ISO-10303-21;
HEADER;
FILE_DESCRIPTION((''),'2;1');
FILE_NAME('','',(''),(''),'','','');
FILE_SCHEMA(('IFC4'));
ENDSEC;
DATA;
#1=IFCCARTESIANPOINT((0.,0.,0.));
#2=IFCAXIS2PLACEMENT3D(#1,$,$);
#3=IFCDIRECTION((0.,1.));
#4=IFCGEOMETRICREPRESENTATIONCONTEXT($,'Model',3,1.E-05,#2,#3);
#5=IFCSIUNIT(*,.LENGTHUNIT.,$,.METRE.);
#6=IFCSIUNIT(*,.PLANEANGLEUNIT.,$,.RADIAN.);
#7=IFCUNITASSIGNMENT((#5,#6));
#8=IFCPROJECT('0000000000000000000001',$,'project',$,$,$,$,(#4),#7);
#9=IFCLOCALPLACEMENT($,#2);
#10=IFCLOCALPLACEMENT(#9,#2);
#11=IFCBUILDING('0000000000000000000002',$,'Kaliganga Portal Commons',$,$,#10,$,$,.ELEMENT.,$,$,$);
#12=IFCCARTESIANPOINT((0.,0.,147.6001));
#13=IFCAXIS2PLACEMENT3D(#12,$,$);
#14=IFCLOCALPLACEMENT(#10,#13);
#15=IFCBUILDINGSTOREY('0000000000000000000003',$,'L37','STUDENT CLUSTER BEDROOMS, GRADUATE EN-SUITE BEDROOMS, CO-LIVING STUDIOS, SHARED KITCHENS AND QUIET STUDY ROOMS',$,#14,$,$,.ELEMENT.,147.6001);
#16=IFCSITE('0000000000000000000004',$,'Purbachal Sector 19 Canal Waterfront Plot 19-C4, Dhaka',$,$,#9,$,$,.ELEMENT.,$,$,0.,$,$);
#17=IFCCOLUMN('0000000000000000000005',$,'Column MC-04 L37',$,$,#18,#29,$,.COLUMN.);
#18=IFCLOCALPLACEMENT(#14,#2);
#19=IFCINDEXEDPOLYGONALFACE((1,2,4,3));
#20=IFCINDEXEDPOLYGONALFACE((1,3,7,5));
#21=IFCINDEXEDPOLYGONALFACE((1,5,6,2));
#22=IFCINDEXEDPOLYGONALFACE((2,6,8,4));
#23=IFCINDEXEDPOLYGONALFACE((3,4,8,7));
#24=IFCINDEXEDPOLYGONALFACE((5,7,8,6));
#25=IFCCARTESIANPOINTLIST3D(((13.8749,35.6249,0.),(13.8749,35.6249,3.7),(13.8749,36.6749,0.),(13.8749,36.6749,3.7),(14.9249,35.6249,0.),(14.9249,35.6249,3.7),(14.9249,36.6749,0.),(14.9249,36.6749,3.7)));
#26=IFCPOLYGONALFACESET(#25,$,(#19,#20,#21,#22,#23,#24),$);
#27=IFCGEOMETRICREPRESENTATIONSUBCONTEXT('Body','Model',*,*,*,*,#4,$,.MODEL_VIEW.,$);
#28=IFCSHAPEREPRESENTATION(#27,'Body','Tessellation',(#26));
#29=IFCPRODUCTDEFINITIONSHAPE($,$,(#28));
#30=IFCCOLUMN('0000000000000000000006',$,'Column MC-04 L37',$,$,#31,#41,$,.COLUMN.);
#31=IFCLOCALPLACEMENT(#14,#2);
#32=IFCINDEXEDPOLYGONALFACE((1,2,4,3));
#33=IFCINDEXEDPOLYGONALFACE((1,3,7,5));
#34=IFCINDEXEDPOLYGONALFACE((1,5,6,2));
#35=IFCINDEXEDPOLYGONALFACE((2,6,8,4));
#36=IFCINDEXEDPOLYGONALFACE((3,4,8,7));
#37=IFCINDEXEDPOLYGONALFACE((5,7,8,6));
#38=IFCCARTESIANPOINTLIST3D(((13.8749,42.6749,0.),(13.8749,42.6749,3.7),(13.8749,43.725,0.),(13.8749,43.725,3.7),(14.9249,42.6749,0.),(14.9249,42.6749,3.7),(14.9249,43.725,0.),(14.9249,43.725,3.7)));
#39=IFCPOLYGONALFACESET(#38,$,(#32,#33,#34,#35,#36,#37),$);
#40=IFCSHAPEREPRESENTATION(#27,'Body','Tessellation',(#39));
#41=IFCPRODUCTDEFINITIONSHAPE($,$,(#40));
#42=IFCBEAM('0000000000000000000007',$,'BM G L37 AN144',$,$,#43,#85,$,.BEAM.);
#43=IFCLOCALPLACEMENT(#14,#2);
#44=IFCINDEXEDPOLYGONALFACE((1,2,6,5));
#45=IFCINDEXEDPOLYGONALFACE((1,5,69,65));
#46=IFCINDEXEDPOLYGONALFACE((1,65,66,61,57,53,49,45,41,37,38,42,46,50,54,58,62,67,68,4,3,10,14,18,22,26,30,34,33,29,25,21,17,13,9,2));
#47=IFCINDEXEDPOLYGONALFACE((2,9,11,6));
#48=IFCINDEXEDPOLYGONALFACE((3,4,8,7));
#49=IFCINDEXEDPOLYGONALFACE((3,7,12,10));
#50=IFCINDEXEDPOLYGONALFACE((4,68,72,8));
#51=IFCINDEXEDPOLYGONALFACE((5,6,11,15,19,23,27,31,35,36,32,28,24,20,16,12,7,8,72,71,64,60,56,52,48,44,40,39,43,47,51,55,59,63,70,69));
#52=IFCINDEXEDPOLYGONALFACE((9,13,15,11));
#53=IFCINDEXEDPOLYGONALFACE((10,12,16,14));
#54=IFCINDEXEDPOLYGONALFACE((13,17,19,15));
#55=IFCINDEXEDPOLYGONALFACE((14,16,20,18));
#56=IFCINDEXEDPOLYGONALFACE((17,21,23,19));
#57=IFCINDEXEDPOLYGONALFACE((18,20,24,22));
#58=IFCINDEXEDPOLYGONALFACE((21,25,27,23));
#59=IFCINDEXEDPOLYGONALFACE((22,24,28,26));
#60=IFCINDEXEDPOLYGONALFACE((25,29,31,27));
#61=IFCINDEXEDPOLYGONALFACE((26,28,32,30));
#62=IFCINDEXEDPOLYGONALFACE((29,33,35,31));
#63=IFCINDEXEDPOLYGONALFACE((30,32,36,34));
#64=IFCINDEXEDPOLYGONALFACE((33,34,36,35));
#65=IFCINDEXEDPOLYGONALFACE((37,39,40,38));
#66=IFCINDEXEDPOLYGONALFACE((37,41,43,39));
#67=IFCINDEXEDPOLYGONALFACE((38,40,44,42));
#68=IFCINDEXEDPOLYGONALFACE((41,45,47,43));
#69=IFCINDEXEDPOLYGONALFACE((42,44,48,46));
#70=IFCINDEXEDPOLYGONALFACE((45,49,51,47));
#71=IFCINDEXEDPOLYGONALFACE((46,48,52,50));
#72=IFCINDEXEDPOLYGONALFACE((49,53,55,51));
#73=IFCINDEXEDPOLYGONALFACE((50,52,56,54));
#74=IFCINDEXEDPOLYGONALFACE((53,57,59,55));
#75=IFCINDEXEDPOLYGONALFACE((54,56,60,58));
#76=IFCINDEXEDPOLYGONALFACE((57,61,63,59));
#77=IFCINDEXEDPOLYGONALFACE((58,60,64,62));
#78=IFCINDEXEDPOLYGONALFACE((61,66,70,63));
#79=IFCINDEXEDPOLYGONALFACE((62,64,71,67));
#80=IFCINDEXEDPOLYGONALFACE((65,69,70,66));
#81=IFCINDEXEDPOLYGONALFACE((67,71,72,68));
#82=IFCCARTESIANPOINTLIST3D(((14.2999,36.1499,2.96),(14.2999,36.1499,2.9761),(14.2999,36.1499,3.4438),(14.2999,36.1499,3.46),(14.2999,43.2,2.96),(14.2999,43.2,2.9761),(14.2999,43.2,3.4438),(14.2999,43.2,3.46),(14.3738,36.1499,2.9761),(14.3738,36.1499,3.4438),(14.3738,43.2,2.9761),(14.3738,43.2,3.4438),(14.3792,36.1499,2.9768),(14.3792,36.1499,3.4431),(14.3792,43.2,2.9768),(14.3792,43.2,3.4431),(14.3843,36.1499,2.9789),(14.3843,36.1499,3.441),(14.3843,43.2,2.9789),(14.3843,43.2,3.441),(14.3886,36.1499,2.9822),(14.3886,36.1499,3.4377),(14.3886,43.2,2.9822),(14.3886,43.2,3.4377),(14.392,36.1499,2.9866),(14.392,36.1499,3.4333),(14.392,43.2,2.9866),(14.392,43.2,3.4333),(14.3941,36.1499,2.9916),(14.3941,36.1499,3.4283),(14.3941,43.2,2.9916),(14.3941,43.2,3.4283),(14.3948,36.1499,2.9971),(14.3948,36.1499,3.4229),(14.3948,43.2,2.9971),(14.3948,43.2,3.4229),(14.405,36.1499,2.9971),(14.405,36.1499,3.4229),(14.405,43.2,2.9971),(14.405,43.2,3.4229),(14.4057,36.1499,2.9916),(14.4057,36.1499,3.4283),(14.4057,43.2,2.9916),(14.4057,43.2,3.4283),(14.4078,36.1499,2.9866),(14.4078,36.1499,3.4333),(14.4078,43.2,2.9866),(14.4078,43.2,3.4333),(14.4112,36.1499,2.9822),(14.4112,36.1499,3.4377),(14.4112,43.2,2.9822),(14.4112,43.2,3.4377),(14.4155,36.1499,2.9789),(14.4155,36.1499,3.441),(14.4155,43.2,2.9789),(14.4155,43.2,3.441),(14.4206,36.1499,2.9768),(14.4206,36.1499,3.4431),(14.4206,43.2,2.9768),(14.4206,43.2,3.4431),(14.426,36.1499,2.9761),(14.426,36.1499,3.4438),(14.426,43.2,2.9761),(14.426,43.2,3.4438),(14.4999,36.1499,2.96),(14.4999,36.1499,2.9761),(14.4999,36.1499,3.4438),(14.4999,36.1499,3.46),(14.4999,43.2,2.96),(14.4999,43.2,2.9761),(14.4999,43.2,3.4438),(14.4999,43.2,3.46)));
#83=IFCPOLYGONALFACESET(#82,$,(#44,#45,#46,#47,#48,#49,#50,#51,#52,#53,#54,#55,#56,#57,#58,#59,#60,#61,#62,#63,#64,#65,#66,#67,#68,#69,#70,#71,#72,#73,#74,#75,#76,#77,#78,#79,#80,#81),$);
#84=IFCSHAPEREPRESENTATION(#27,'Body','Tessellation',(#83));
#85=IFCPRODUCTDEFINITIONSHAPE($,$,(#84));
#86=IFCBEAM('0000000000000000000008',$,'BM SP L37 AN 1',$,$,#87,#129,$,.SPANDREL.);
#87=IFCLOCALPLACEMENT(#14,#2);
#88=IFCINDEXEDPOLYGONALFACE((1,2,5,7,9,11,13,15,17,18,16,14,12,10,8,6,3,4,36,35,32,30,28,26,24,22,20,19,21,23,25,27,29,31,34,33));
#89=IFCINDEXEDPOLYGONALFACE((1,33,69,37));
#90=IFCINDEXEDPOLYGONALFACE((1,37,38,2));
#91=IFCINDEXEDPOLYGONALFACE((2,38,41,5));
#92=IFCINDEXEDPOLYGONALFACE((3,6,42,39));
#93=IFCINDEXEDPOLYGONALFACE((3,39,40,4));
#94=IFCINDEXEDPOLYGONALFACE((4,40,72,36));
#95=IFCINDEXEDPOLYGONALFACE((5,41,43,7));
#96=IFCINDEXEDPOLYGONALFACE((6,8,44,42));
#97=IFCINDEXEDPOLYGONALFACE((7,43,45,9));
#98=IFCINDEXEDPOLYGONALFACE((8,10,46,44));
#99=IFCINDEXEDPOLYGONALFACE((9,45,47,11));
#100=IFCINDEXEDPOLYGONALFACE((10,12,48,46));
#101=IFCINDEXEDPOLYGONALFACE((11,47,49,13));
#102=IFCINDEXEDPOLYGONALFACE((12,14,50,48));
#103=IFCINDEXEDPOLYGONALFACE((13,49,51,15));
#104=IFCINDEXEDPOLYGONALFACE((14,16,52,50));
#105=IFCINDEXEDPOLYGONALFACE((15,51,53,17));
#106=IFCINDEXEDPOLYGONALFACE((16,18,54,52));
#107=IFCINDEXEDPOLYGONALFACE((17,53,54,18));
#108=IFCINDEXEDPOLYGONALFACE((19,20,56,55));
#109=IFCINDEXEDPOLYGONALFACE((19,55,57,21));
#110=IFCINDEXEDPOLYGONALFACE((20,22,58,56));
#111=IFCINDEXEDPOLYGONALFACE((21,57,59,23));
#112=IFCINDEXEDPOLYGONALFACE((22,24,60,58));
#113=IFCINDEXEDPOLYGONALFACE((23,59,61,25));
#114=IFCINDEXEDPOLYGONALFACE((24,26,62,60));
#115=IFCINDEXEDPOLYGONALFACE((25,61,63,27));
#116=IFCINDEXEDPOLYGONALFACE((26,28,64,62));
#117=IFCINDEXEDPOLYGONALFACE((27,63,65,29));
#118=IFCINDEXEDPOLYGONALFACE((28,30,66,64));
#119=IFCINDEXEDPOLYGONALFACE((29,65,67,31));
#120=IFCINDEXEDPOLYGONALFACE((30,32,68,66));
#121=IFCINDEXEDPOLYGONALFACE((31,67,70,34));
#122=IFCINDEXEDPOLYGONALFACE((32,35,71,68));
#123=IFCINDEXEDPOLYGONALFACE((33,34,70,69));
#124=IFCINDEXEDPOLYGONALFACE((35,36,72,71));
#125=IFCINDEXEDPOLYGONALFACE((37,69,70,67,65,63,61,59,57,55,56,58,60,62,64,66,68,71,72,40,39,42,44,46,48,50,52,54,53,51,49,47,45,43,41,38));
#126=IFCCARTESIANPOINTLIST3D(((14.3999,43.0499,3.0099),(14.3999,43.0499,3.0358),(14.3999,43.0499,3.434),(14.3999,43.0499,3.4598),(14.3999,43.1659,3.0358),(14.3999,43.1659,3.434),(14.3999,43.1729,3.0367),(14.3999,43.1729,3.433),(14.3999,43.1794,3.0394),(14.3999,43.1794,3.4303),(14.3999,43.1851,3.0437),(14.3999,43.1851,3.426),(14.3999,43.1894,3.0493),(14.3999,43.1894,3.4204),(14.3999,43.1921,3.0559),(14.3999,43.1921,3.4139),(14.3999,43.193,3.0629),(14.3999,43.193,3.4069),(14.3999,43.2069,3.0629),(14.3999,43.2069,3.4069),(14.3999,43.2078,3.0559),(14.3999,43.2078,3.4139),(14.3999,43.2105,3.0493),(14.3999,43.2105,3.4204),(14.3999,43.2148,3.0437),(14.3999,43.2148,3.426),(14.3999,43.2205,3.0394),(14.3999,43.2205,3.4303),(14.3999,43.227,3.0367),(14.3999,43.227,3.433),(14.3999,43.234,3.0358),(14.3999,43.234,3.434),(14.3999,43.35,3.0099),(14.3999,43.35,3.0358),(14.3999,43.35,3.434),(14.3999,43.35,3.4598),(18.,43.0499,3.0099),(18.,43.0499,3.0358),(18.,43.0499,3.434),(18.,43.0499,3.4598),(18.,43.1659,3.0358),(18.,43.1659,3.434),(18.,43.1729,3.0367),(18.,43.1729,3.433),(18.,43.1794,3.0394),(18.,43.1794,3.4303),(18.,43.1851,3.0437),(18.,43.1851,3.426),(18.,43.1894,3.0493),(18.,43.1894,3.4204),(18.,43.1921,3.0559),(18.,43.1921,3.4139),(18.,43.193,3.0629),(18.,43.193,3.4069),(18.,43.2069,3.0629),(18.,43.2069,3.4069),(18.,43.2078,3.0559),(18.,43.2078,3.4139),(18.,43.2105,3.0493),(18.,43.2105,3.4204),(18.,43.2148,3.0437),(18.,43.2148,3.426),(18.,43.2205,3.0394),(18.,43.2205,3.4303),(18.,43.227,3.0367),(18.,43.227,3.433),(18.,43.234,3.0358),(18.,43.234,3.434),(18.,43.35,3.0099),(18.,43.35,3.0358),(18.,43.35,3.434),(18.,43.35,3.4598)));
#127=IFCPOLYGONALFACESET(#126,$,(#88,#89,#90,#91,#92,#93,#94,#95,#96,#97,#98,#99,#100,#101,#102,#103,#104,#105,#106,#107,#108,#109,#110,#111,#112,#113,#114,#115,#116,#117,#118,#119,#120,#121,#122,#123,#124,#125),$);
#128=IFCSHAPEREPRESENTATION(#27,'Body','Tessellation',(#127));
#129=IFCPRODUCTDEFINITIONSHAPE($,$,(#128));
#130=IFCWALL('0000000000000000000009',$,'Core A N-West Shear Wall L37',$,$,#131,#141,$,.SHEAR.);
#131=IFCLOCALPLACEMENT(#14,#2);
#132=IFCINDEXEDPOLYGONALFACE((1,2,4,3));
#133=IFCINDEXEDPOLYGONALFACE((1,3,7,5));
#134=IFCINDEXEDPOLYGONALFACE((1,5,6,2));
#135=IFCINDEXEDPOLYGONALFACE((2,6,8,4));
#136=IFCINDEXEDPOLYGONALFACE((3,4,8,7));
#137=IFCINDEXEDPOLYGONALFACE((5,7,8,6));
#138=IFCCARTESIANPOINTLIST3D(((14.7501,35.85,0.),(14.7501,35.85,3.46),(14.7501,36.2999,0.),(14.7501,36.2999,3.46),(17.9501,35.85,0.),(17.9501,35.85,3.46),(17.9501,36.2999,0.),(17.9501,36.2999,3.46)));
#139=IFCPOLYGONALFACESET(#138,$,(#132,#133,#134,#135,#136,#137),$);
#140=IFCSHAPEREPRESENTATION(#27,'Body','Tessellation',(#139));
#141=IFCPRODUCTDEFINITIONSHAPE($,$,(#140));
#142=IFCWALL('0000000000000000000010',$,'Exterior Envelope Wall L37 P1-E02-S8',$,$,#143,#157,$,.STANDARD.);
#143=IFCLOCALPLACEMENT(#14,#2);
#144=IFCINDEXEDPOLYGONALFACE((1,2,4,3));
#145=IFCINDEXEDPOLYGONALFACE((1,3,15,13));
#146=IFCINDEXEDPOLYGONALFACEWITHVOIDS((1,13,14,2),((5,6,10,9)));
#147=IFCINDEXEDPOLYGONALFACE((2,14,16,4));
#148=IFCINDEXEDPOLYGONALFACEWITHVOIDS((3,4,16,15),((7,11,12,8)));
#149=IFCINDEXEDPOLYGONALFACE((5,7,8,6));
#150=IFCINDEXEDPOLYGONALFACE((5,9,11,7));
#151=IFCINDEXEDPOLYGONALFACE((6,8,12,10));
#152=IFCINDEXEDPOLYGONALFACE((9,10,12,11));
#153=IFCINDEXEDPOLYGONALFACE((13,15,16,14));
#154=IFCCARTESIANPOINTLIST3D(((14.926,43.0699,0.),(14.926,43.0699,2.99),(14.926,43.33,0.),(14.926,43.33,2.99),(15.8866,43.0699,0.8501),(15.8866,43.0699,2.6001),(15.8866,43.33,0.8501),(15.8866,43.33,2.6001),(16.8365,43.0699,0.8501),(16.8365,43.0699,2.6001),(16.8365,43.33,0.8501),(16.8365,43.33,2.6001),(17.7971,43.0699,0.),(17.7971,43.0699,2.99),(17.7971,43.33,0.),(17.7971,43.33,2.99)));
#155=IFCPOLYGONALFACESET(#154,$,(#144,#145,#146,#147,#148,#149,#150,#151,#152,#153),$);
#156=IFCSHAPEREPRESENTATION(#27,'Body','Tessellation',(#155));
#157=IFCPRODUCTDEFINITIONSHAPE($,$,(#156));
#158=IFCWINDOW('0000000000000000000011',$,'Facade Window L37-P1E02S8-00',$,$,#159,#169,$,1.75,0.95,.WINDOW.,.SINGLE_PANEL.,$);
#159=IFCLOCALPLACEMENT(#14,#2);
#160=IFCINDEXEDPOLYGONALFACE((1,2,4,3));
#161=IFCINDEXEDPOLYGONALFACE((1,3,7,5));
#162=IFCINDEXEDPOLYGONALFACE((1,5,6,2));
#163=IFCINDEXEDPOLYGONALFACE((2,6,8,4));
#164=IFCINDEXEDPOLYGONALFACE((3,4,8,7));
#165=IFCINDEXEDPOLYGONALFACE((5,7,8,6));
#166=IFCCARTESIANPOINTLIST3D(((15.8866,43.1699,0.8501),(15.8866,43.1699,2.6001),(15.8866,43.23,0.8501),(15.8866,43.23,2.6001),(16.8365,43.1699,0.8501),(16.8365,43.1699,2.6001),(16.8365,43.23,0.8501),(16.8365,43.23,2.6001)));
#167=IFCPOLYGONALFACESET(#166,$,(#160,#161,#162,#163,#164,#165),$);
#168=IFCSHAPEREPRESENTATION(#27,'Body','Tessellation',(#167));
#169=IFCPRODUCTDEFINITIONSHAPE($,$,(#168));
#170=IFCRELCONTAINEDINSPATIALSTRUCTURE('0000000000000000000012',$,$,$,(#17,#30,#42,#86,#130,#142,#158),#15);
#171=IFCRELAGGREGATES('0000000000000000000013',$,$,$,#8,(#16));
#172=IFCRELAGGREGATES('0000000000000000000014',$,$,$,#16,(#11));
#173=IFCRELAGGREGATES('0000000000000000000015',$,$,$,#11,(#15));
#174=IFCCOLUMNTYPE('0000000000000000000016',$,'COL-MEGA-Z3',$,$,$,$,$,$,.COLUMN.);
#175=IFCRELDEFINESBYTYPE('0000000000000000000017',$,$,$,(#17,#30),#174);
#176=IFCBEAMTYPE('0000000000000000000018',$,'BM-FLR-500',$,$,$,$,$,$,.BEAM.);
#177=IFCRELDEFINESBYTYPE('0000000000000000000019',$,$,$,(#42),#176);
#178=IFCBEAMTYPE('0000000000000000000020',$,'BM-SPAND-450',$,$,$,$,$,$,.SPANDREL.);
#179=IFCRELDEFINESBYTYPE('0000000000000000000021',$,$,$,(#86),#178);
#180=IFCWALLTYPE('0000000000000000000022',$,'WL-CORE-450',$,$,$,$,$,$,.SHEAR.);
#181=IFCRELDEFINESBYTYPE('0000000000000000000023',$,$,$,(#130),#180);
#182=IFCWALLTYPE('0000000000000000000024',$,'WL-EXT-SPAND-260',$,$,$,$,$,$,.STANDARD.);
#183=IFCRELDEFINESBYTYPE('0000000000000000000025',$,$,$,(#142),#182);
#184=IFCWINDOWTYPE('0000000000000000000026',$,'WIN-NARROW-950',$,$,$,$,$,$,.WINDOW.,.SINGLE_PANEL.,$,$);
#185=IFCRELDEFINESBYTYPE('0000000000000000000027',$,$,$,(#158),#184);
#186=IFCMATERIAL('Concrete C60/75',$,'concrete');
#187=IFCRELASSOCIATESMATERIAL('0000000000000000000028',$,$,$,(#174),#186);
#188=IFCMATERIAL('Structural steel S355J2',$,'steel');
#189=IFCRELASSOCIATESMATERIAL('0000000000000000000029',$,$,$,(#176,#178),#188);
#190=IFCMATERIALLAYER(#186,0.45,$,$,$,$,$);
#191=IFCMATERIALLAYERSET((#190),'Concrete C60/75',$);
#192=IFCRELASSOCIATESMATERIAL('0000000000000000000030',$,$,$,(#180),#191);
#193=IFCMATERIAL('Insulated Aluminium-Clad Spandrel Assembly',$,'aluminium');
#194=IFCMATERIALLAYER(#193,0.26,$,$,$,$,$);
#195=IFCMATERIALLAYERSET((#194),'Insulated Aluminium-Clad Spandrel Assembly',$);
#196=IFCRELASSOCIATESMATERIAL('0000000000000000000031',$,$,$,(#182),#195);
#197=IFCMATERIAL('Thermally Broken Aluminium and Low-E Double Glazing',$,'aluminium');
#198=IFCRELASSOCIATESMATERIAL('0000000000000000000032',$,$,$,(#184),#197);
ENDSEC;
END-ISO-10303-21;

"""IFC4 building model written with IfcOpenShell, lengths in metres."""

from ifc_helpers import new_model, si_unit, direction, frame, frame_2d, origin, origin_2d, place, context, subcontext, project, spatial, rectangle, i_section, extrude, source, transform, mapped, material, layer, layer_set, material_profile, profile_set, type_object, element, fill, save


model = new_model("IFC4")

# Units and contexts
model_context = context("Model", 3, precision=1e-05, world=origin(), true_north=direction((0.0, 1.0)))
body_context = subcontext(model_context, "Body", "Model", "MODEL_VIEW")
ifc_project = project(units=[si_unit("LENGTHUNIT", "METRE"), si_unit("PLANEANGLEUNIT", "RADIAN")], contexts=[model_context])

# Site, building, storey
site_placement = place(None, origin())
site = spatial("IfcSite", under=ifc_project, at=site_placement, Name="Purbachal Sector 19 Canal Waterfront Plot 19-C4, Dhaka", CompositionType="ELEMENT", RefElevation=0.0)
building_placement = place(site_placement, origin())
building = spatial("IfcBuilding", under=site, at=building_placement, Name="Kaliganga Portal Commons", CompositionType="ELEMENT")
storey_placement = place(building_placement, frame((0.0, 0.0, 147.6001)))
storey = spatial("IfcBuildingStorey", under=building, at=storey_placement, Name="L37", Description="STUDENT CLUSTER BEDROOMS, GRADUATE EN-SUITE BEDROOMS, CO-LIVING STUDIOS, SHARED KITCHENS AND QUIET STUDY ROOMS", CompositionType="ELEMENT", Elevation=147.6001)

# Columns
ifc_material_1 = material(Name="Concrete C60/75", Category="concrete")
ifc_material_profile_1 = material_profile(ifc_material_1, rectangle(XDim=1.05, YDim=1.05, at=origin_2d()), Name="RC 1050x1050")
ifc_profile_set_1 = profile_set([ifc_material_profile_1], Name="Concrete C60/75")
column_type = type_object("IfcColumnType", Name="COL-MEGA-Z3", PredefinedType="COLUMN", material=ifc_profile_set_1)
shared_shape_1 = source(origin(), body_context, "Body", "SweptSolid", [
    extrude(rectangle(XDim=1.05, YDim=1.05, at=origin_2d()), origin(), (0.0, 0.0, 1.0), 3.7),
])
for number, where, z_axis, x_axis, name in (
    (1, (14.3999, 36.1499, 0.0), (0.0, 0.0, 1.0), (1.0, 0.0, 0.0), "Column MC-04 L37"),
    (2, (14.3999, 43.2, 0.0), (0.0, 0.0, 1.0), (1.0, 0.0, 0.0), "Column MC-04 L37"),
):
    element("IfcColumn", number, at=place(storey_placement, frame(where, z_axis=z_axis, x_axis=x_axis)), inside=storey, type_object=column_type, Name=name, PredefinedType="COLUMN", context=body_context, shape_type="MappedRepresentation", body=[
        mapped(shared_shape_1, transform((0.0, 0.0, 0.0), x_axis=(1.0, 0.0, 0.0), y_axis=(0.0, 1.0, 0.0), z_axis=(0.0, 0.0, 1.0), scale=1.0)),
    ])

# Beams
ifc_material_2 = material(Name="Structural steel S355J2", Category="steel")
ifc_material_profile_2 = material_profile(ifc_material_2, i_section(OverallWidth=0.2, OverallDepth=0.5, WebThickness=0.0103, FlangeThickness=0.0161, FilletRadius=0.021, at=origin_2d()), Name="IPE 500")
ifc_profile_set_2 = profile_set([ifc_material_profile_2], Name="Structural steel S355J2 wide-flange")
beam_type_1 = type_object("IfcBeamType", Name="BM-FLR-500", PredefinedType="BEAM", material=ifc_profile_set_2)
shared_shape_2 = source(origin(), body_context, "Body", "SweptSolid", [
    extrude(i_section(OverallWidth=0.2, OverallDepth=0.5, WebThickness=0.0103, FlangeThickness=0.0161, FilletRadius=0.021, at=origin_2d()), origin(), (0.0, 0.0, 1.0), 7.05),
])
beam_1_placement = place(storey_placement, frame((14.3999, 36.1499, 3.21), z_axis=(0.0, 1.0, 0.0), x_axis=(-1.0, 0.0, 0.0)))
element("IfcBeam", 3, at=beam_1_placement, inside=storey, type_object=beam_type_1, Name="BM G L37 AN144", PredefinedType="BEAM", context=body_context, shape_type="MappedRepresentation", body=[
    mapped(shared_shape_2, transform((0.0, 0.0, 0.0), x_axis=(1.0, 0.0, 0.0), y_axis=(0.0, 1.0, 0.0), z_axis=(0.0, 0.0, 1.0), scale=1.0)),
])
ifc_material_profile_3 = material_profile(ifc_material_2, i_section(OverallWidth=0.3, OverallDepth=0.45, WebThickness=0.0139, FlangeThickness=0.0259, FilletRadius=0.0271, at=origin_2d()), Name="HE 450 B")
ifc_profile_set_3 = profile_set([ifc_material_profile_3], Name="Structural steel S355J2 wide-flange")
beam_type_2 = type_object("IfcBeamType", Name="BM-SPAND-450", PredefinedType="SPANDREL", material=ifc_profile_set_3)
shared_shape_3 = source(origin(), body_context, "Body", "SweptSolid", [
    extrude(i_section(OverallWidth=0.3, OverallDepth=0.45, WebThickness=0.0139, FlangeThickness=0.0259, FilletRadius=0.0271, at=origin_2d()), origin(), (0.0, 0.0, 1.0), 3.6001),
])
beam_2_placement = place(storey_placement, frame((14.3999, 43.2, 3.2349), z_axis=(1.0, 0.0, 0.0), x_axis=(0.0, 1.0, 0.0)))
element("IfcBeam", 4, at=beam_2_placement, inside=storey, type_object=beam_type_2, Name="BM SP L37 AN 1", PredefinedType="SPANDREL", context=body_context, shape_type="MappedRepresentation", body=[
    mapped(shared_shape_3, transform((0.0, 0.0, 0.0), x_axis=(1.0, 0.0, 0.0), y_axis=(0.0, 1.0, 0.0), z_axis=(0.0, 0.0, 1.0), scale=1.0)),
])

# Wall
ifc_layer_1 = layer(ifc_material_1, 0.45)
ifc_layer_set_1 = layer_set([ifc_layer_1], Name="Concrete C60/75")
wall_type_1 = type_object("IfcWallType", Name="WL-CORE-450", PredefinedType="SHEAR", material=ifc_layer_set_1)
wall_1_placement = place(storey_placement, frame((14.75, 36.075, 0.0), z_axis=(0.0, 0.0, 1.0), x_axis=(1.0, 0.0, 0.0)))
element("IfcWall", 5, at=wall_1_placement, inside=storey, type_object=wall_type_1, Name="Core A N-West Shear Wall L37", PredefinedType="SHEAR", context=body_context, shape_type="SweptSolid", body=[
    extrude(rectangle(XDim=3.2, YDim=0.45, at=frame_2d((1.6001, 0.0))), origin(), (0.0, 0.0, 1.0), 3.46),
])

# Wall, opening, window
ifc_material_3 = material(Name="Insulated Aluminium-Clad Spandrel Assembly", Category="aluminium")
ifc_layer_2 = layer(ifc_material_3, 0.26)
ifc_layer_set_2 = layer_set([ifc_layer_2], Name="Insulated Aluminium-Clad Spandrel Assembly")
wall_type_2 = type_object("IfcWallType", Name="WL-EXT-SPAND-260", PredefinedType="STANDARD", material=ifc_layer_set_2)
wall_2_placement = place(storey_placement, frame((14.926, 43.2, 0.0), z_axis=(0.0, 0.0, 1.0), x_axis=(1.0, 0.0, 0.0)))
wall_2 = element("IfcWall", 6, at=wall_2_placement, inside=storey, type_object=wall_type_2, Name="Exterior Envelope Wall L37 P1-E02-S8", PredefinedType="STANDARD", context=body_context, shape_type="SweptSolid", body=[
    extrude(rectangle(XDim=2.8711, YDim=0.26, at=frame_2d((1.4355, 0.0))), origin(), (0.0, 0.0, 1.0), 2.99),
])
opening_1_placement = place(wall_2_placement, frame((0.9604, 0.0, 0.8501)))
opening_1 = element("IfcOpeningElement", 7, at=opening_1_placement, cuts=wall_2, PredefinedType="OPENING", context=body_context, shape_type="SweptSolid", body=[
    extrude(rectangle(XDim=0.95, YDim=1.75, at=frame_2d((0.4751, 0.875))), frame((0.0, 0.1401, 0.0), z_axis=(0.0, -1.0, 0.0), x_axis=(1.0, 0.0, 0.0)), (0.0, 0.0, 1.0), 0.28),
])
ifc_material_4 = material(Name="Thermally Broken Aluminium and Low-E Double Glazing", Category="aluminium")
window_type = type_object("IfcWindowType", Name="WIN-NARROW-950", PartitioningType="SINGLE_PANEL", PredefinedType="WINDOW", material=ifc_material_4)
window_placement = place(opening_1_placement, origin())
window = element("IfcWindow", 8, at=window_placement, inside=storey, type_object=window_type, Name="Facade Window L37-P1E02S8-00", OverallHeight=1.75, OverallWidth=0.95, PartitioningType="SINGLE_PANEL", PredefinedType="WINDOW", context=body_context, shape_type="SweptSolid", body=[
    extrude(rectangle(XDim=0.95, YDim=1.75, at=frame_2d((0.4751, 0.875))), frame((0.0, 0.03, 0.0), z_axis=(0.0, -1.0, 0.0), x_axis=(1.0, 0.0, 0.0)), (0.0, 0.0, 1.0), 0.0601),
])
fill(opening_1, window)

save(model, "model.ifc")
